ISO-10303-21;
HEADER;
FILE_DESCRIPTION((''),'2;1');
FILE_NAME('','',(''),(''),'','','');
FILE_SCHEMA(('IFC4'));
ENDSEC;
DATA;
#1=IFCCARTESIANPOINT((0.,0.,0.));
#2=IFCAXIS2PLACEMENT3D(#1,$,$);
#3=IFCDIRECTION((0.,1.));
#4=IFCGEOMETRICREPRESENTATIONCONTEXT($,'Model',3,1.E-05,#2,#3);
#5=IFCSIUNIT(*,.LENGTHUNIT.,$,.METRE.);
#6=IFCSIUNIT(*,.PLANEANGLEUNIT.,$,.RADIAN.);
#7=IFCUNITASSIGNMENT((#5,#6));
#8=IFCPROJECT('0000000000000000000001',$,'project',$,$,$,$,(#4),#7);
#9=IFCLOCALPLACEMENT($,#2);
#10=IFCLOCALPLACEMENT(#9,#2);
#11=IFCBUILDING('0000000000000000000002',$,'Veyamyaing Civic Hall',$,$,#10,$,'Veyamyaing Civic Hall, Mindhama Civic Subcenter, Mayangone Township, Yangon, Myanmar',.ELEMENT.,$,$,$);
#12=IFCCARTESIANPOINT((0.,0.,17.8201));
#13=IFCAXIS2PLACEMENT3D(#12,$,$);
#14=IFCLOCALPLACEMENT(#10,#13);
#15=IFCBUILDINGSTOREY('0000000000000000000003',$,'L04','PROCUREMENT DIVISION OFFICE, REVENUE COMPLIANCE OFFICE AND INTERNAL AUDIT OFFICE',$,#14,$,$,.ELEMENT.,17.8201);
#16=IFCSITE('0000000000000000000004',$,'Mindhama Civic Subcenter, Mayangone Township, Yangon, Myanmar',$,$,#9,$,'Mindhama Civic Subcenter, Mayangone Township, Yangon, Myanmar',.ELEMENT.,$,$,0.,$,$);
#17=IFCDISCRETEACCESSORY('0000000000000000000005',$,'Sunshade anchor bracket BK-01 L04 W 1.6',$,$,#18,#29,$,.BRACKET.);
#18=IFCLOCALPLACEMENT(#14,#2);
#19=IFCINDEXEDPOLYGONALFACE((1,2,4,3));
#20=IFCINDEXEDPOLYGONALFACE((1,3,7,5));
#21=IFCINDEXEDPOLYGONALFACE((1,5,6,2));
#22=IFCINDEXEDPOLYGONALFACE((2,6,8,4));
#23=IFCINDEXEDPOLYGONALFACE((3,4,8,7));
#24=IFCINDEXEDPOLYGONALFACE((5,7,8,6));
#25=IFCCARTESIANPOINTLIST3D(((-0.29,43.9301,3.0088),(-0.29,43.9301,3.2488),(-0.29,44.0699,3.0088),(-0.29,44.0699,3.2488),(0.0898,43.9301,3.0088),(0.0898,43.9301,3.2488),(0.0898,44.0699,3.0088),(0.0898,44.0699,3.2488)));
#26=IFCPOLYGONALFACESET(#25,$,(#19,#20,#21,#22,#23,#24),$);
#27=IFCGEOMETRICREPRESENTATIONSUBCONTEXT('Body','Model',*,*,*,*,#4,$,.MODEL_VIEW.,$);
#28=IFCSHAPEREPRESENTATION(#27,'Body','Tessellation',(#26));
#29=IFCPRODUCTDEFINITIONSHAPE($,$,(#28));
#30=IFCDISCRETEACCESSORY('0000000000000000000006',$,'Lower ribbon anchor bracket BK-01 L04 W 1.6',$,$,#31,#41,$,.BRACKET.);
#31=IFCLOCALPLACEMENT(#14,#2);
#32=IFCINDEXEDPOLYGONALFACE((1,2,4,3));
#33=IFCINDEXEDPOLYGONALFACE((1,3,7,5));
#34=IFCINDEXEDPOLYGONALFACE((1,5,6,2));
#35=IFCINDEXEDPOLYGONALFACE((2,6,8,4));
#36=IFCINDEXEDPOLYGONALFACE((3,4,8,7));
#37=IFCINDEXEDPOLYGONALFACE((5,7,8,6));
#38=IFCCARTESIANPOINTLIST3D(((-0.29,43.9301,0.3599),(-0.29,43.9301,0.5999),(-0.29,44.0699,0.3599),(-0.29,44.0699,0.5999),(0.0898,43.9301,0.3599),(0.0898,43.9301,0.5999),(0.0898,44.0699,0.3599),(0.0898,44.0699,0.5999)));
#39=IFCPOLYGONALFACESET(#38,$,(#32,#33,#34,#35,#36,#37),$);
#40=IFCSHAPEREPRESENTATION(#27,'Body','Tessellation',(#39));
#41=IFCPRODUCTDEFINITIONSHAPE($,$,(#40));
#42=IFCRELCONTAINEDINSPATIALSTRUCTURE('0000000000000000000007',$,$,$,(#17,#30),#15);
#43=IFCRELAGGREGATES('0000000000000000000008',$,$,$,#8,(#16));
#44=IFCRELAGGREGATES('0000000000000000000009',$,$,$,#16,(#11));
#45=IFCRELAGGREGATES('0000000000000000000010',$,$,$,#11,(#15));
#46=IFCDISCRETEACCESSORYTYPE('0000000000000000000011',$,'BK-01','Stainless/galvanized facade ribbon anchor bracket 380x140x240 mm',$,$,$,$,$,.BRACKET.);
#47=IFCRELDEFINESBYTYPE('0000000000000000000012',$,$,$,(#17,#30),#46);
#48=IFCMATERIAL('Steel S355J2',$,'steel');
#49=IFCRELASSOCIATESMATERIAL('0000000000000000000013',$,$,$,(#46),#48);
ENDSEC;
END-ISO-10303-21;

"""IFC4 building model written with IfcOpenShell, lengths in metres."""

from ifc_helpers import new_model, si_unit, direction, frame, origin, origin_2d, place, context, subcontext, project, spatial, rectangle, extrude, material, type_object, element, save


model = new_model("IFC4")

# Units and contexts
model_context = context("Model", 3, precision=1e-05, world=origin(), true_north=direction((0.0, 1.0)))
body_context = subcontext(model_context, "Body", "Model", "MODEL_VIEW")
ifc_project = project(units=[si_unit("LENGTHUNIT", "METRE"), si_unit("PLANEANGLEUNIT", "RADIAN")], contexts=[model_context])

# Site, building, storey
site_placement = place(None, origin())
site = spatial("IfcSite", under=ifc_project, at=site_placement, Name="Mindhama Civic Subcenter, Mayangone Township, Yangon, Myanmar", LongName="Mindhama Civic Subcenter, Mayangone Township, Yangon, Myanmar", CompositionType="ELEMENT", RefElevation=0.0)
building_placement = place(site_placement, origin())
building = spatial("IfcBuilding", under=site, at=building_placement, Name="Veyamyaing Civic Hall", LongName="Veyamyaing Civic Hall, Mindhama Civic Subcenter, Mayangone Township, Yangon, Myanmar", CompositionType="ELEMENT")
storey_placement = place(building_placement, frame((0.0, 0.0, 17.8201)))
storey = spatial("IfcBuildingStorey", under=building, at=storey_placement, Name="L04", Description="PROCUREMENT DIVISION OFFICE, REVENUE COMPLIANCE OFFICE AND INTERNAL AUDIT OFFICE", CompositionType="ELEMENT", Elevation=17.8201)

# Discrete accessories
ifc_material_1 = material(Name="Steel S355J2", Category="steel")
discrete_accessory_type = type_object("IfcDiscreteAccessoryType", Name="BK-01", Description="Stainless/galvanized facade ribbon anchor bracket 380x140x240 mm", PredefinedType="BRACKET", material=ifc_material_1)
for number, where, z_axis, x_axis, name in (
    (1, (-0.1001, 44.0, 3.0088), (0.0, 0.0, 1.0), (-1.0, 0.0, 0.0), "Sunshade anchor bracket BK-01 L04 W 1.6"),
    (2, (-0.1001, 44.0, 0.3599), (0.0, 0.0, 1.0), (-1.0, 0.0, 0.0), "Lower ribbon anchor bracket BK-01 L04 W 1.6"),
):
    element("IfcDiscreteAccessory", number, at=place(storey_placement, frame(where, z_axis=z_axis, x_axis=x_axis)), inside=storey, type_object=discrete_accessory_type, Name=name, PredefinedType="BRACKET", context=body_context, shape_type="SweptSolid", body=[
        extrude(rectangle(XDim=0.3799, YDim=0.1399, at=origin_2d()), origin(), (0.0, 0.0, 1.0), 0.24),
    ])

save(model, "model.ifc")
